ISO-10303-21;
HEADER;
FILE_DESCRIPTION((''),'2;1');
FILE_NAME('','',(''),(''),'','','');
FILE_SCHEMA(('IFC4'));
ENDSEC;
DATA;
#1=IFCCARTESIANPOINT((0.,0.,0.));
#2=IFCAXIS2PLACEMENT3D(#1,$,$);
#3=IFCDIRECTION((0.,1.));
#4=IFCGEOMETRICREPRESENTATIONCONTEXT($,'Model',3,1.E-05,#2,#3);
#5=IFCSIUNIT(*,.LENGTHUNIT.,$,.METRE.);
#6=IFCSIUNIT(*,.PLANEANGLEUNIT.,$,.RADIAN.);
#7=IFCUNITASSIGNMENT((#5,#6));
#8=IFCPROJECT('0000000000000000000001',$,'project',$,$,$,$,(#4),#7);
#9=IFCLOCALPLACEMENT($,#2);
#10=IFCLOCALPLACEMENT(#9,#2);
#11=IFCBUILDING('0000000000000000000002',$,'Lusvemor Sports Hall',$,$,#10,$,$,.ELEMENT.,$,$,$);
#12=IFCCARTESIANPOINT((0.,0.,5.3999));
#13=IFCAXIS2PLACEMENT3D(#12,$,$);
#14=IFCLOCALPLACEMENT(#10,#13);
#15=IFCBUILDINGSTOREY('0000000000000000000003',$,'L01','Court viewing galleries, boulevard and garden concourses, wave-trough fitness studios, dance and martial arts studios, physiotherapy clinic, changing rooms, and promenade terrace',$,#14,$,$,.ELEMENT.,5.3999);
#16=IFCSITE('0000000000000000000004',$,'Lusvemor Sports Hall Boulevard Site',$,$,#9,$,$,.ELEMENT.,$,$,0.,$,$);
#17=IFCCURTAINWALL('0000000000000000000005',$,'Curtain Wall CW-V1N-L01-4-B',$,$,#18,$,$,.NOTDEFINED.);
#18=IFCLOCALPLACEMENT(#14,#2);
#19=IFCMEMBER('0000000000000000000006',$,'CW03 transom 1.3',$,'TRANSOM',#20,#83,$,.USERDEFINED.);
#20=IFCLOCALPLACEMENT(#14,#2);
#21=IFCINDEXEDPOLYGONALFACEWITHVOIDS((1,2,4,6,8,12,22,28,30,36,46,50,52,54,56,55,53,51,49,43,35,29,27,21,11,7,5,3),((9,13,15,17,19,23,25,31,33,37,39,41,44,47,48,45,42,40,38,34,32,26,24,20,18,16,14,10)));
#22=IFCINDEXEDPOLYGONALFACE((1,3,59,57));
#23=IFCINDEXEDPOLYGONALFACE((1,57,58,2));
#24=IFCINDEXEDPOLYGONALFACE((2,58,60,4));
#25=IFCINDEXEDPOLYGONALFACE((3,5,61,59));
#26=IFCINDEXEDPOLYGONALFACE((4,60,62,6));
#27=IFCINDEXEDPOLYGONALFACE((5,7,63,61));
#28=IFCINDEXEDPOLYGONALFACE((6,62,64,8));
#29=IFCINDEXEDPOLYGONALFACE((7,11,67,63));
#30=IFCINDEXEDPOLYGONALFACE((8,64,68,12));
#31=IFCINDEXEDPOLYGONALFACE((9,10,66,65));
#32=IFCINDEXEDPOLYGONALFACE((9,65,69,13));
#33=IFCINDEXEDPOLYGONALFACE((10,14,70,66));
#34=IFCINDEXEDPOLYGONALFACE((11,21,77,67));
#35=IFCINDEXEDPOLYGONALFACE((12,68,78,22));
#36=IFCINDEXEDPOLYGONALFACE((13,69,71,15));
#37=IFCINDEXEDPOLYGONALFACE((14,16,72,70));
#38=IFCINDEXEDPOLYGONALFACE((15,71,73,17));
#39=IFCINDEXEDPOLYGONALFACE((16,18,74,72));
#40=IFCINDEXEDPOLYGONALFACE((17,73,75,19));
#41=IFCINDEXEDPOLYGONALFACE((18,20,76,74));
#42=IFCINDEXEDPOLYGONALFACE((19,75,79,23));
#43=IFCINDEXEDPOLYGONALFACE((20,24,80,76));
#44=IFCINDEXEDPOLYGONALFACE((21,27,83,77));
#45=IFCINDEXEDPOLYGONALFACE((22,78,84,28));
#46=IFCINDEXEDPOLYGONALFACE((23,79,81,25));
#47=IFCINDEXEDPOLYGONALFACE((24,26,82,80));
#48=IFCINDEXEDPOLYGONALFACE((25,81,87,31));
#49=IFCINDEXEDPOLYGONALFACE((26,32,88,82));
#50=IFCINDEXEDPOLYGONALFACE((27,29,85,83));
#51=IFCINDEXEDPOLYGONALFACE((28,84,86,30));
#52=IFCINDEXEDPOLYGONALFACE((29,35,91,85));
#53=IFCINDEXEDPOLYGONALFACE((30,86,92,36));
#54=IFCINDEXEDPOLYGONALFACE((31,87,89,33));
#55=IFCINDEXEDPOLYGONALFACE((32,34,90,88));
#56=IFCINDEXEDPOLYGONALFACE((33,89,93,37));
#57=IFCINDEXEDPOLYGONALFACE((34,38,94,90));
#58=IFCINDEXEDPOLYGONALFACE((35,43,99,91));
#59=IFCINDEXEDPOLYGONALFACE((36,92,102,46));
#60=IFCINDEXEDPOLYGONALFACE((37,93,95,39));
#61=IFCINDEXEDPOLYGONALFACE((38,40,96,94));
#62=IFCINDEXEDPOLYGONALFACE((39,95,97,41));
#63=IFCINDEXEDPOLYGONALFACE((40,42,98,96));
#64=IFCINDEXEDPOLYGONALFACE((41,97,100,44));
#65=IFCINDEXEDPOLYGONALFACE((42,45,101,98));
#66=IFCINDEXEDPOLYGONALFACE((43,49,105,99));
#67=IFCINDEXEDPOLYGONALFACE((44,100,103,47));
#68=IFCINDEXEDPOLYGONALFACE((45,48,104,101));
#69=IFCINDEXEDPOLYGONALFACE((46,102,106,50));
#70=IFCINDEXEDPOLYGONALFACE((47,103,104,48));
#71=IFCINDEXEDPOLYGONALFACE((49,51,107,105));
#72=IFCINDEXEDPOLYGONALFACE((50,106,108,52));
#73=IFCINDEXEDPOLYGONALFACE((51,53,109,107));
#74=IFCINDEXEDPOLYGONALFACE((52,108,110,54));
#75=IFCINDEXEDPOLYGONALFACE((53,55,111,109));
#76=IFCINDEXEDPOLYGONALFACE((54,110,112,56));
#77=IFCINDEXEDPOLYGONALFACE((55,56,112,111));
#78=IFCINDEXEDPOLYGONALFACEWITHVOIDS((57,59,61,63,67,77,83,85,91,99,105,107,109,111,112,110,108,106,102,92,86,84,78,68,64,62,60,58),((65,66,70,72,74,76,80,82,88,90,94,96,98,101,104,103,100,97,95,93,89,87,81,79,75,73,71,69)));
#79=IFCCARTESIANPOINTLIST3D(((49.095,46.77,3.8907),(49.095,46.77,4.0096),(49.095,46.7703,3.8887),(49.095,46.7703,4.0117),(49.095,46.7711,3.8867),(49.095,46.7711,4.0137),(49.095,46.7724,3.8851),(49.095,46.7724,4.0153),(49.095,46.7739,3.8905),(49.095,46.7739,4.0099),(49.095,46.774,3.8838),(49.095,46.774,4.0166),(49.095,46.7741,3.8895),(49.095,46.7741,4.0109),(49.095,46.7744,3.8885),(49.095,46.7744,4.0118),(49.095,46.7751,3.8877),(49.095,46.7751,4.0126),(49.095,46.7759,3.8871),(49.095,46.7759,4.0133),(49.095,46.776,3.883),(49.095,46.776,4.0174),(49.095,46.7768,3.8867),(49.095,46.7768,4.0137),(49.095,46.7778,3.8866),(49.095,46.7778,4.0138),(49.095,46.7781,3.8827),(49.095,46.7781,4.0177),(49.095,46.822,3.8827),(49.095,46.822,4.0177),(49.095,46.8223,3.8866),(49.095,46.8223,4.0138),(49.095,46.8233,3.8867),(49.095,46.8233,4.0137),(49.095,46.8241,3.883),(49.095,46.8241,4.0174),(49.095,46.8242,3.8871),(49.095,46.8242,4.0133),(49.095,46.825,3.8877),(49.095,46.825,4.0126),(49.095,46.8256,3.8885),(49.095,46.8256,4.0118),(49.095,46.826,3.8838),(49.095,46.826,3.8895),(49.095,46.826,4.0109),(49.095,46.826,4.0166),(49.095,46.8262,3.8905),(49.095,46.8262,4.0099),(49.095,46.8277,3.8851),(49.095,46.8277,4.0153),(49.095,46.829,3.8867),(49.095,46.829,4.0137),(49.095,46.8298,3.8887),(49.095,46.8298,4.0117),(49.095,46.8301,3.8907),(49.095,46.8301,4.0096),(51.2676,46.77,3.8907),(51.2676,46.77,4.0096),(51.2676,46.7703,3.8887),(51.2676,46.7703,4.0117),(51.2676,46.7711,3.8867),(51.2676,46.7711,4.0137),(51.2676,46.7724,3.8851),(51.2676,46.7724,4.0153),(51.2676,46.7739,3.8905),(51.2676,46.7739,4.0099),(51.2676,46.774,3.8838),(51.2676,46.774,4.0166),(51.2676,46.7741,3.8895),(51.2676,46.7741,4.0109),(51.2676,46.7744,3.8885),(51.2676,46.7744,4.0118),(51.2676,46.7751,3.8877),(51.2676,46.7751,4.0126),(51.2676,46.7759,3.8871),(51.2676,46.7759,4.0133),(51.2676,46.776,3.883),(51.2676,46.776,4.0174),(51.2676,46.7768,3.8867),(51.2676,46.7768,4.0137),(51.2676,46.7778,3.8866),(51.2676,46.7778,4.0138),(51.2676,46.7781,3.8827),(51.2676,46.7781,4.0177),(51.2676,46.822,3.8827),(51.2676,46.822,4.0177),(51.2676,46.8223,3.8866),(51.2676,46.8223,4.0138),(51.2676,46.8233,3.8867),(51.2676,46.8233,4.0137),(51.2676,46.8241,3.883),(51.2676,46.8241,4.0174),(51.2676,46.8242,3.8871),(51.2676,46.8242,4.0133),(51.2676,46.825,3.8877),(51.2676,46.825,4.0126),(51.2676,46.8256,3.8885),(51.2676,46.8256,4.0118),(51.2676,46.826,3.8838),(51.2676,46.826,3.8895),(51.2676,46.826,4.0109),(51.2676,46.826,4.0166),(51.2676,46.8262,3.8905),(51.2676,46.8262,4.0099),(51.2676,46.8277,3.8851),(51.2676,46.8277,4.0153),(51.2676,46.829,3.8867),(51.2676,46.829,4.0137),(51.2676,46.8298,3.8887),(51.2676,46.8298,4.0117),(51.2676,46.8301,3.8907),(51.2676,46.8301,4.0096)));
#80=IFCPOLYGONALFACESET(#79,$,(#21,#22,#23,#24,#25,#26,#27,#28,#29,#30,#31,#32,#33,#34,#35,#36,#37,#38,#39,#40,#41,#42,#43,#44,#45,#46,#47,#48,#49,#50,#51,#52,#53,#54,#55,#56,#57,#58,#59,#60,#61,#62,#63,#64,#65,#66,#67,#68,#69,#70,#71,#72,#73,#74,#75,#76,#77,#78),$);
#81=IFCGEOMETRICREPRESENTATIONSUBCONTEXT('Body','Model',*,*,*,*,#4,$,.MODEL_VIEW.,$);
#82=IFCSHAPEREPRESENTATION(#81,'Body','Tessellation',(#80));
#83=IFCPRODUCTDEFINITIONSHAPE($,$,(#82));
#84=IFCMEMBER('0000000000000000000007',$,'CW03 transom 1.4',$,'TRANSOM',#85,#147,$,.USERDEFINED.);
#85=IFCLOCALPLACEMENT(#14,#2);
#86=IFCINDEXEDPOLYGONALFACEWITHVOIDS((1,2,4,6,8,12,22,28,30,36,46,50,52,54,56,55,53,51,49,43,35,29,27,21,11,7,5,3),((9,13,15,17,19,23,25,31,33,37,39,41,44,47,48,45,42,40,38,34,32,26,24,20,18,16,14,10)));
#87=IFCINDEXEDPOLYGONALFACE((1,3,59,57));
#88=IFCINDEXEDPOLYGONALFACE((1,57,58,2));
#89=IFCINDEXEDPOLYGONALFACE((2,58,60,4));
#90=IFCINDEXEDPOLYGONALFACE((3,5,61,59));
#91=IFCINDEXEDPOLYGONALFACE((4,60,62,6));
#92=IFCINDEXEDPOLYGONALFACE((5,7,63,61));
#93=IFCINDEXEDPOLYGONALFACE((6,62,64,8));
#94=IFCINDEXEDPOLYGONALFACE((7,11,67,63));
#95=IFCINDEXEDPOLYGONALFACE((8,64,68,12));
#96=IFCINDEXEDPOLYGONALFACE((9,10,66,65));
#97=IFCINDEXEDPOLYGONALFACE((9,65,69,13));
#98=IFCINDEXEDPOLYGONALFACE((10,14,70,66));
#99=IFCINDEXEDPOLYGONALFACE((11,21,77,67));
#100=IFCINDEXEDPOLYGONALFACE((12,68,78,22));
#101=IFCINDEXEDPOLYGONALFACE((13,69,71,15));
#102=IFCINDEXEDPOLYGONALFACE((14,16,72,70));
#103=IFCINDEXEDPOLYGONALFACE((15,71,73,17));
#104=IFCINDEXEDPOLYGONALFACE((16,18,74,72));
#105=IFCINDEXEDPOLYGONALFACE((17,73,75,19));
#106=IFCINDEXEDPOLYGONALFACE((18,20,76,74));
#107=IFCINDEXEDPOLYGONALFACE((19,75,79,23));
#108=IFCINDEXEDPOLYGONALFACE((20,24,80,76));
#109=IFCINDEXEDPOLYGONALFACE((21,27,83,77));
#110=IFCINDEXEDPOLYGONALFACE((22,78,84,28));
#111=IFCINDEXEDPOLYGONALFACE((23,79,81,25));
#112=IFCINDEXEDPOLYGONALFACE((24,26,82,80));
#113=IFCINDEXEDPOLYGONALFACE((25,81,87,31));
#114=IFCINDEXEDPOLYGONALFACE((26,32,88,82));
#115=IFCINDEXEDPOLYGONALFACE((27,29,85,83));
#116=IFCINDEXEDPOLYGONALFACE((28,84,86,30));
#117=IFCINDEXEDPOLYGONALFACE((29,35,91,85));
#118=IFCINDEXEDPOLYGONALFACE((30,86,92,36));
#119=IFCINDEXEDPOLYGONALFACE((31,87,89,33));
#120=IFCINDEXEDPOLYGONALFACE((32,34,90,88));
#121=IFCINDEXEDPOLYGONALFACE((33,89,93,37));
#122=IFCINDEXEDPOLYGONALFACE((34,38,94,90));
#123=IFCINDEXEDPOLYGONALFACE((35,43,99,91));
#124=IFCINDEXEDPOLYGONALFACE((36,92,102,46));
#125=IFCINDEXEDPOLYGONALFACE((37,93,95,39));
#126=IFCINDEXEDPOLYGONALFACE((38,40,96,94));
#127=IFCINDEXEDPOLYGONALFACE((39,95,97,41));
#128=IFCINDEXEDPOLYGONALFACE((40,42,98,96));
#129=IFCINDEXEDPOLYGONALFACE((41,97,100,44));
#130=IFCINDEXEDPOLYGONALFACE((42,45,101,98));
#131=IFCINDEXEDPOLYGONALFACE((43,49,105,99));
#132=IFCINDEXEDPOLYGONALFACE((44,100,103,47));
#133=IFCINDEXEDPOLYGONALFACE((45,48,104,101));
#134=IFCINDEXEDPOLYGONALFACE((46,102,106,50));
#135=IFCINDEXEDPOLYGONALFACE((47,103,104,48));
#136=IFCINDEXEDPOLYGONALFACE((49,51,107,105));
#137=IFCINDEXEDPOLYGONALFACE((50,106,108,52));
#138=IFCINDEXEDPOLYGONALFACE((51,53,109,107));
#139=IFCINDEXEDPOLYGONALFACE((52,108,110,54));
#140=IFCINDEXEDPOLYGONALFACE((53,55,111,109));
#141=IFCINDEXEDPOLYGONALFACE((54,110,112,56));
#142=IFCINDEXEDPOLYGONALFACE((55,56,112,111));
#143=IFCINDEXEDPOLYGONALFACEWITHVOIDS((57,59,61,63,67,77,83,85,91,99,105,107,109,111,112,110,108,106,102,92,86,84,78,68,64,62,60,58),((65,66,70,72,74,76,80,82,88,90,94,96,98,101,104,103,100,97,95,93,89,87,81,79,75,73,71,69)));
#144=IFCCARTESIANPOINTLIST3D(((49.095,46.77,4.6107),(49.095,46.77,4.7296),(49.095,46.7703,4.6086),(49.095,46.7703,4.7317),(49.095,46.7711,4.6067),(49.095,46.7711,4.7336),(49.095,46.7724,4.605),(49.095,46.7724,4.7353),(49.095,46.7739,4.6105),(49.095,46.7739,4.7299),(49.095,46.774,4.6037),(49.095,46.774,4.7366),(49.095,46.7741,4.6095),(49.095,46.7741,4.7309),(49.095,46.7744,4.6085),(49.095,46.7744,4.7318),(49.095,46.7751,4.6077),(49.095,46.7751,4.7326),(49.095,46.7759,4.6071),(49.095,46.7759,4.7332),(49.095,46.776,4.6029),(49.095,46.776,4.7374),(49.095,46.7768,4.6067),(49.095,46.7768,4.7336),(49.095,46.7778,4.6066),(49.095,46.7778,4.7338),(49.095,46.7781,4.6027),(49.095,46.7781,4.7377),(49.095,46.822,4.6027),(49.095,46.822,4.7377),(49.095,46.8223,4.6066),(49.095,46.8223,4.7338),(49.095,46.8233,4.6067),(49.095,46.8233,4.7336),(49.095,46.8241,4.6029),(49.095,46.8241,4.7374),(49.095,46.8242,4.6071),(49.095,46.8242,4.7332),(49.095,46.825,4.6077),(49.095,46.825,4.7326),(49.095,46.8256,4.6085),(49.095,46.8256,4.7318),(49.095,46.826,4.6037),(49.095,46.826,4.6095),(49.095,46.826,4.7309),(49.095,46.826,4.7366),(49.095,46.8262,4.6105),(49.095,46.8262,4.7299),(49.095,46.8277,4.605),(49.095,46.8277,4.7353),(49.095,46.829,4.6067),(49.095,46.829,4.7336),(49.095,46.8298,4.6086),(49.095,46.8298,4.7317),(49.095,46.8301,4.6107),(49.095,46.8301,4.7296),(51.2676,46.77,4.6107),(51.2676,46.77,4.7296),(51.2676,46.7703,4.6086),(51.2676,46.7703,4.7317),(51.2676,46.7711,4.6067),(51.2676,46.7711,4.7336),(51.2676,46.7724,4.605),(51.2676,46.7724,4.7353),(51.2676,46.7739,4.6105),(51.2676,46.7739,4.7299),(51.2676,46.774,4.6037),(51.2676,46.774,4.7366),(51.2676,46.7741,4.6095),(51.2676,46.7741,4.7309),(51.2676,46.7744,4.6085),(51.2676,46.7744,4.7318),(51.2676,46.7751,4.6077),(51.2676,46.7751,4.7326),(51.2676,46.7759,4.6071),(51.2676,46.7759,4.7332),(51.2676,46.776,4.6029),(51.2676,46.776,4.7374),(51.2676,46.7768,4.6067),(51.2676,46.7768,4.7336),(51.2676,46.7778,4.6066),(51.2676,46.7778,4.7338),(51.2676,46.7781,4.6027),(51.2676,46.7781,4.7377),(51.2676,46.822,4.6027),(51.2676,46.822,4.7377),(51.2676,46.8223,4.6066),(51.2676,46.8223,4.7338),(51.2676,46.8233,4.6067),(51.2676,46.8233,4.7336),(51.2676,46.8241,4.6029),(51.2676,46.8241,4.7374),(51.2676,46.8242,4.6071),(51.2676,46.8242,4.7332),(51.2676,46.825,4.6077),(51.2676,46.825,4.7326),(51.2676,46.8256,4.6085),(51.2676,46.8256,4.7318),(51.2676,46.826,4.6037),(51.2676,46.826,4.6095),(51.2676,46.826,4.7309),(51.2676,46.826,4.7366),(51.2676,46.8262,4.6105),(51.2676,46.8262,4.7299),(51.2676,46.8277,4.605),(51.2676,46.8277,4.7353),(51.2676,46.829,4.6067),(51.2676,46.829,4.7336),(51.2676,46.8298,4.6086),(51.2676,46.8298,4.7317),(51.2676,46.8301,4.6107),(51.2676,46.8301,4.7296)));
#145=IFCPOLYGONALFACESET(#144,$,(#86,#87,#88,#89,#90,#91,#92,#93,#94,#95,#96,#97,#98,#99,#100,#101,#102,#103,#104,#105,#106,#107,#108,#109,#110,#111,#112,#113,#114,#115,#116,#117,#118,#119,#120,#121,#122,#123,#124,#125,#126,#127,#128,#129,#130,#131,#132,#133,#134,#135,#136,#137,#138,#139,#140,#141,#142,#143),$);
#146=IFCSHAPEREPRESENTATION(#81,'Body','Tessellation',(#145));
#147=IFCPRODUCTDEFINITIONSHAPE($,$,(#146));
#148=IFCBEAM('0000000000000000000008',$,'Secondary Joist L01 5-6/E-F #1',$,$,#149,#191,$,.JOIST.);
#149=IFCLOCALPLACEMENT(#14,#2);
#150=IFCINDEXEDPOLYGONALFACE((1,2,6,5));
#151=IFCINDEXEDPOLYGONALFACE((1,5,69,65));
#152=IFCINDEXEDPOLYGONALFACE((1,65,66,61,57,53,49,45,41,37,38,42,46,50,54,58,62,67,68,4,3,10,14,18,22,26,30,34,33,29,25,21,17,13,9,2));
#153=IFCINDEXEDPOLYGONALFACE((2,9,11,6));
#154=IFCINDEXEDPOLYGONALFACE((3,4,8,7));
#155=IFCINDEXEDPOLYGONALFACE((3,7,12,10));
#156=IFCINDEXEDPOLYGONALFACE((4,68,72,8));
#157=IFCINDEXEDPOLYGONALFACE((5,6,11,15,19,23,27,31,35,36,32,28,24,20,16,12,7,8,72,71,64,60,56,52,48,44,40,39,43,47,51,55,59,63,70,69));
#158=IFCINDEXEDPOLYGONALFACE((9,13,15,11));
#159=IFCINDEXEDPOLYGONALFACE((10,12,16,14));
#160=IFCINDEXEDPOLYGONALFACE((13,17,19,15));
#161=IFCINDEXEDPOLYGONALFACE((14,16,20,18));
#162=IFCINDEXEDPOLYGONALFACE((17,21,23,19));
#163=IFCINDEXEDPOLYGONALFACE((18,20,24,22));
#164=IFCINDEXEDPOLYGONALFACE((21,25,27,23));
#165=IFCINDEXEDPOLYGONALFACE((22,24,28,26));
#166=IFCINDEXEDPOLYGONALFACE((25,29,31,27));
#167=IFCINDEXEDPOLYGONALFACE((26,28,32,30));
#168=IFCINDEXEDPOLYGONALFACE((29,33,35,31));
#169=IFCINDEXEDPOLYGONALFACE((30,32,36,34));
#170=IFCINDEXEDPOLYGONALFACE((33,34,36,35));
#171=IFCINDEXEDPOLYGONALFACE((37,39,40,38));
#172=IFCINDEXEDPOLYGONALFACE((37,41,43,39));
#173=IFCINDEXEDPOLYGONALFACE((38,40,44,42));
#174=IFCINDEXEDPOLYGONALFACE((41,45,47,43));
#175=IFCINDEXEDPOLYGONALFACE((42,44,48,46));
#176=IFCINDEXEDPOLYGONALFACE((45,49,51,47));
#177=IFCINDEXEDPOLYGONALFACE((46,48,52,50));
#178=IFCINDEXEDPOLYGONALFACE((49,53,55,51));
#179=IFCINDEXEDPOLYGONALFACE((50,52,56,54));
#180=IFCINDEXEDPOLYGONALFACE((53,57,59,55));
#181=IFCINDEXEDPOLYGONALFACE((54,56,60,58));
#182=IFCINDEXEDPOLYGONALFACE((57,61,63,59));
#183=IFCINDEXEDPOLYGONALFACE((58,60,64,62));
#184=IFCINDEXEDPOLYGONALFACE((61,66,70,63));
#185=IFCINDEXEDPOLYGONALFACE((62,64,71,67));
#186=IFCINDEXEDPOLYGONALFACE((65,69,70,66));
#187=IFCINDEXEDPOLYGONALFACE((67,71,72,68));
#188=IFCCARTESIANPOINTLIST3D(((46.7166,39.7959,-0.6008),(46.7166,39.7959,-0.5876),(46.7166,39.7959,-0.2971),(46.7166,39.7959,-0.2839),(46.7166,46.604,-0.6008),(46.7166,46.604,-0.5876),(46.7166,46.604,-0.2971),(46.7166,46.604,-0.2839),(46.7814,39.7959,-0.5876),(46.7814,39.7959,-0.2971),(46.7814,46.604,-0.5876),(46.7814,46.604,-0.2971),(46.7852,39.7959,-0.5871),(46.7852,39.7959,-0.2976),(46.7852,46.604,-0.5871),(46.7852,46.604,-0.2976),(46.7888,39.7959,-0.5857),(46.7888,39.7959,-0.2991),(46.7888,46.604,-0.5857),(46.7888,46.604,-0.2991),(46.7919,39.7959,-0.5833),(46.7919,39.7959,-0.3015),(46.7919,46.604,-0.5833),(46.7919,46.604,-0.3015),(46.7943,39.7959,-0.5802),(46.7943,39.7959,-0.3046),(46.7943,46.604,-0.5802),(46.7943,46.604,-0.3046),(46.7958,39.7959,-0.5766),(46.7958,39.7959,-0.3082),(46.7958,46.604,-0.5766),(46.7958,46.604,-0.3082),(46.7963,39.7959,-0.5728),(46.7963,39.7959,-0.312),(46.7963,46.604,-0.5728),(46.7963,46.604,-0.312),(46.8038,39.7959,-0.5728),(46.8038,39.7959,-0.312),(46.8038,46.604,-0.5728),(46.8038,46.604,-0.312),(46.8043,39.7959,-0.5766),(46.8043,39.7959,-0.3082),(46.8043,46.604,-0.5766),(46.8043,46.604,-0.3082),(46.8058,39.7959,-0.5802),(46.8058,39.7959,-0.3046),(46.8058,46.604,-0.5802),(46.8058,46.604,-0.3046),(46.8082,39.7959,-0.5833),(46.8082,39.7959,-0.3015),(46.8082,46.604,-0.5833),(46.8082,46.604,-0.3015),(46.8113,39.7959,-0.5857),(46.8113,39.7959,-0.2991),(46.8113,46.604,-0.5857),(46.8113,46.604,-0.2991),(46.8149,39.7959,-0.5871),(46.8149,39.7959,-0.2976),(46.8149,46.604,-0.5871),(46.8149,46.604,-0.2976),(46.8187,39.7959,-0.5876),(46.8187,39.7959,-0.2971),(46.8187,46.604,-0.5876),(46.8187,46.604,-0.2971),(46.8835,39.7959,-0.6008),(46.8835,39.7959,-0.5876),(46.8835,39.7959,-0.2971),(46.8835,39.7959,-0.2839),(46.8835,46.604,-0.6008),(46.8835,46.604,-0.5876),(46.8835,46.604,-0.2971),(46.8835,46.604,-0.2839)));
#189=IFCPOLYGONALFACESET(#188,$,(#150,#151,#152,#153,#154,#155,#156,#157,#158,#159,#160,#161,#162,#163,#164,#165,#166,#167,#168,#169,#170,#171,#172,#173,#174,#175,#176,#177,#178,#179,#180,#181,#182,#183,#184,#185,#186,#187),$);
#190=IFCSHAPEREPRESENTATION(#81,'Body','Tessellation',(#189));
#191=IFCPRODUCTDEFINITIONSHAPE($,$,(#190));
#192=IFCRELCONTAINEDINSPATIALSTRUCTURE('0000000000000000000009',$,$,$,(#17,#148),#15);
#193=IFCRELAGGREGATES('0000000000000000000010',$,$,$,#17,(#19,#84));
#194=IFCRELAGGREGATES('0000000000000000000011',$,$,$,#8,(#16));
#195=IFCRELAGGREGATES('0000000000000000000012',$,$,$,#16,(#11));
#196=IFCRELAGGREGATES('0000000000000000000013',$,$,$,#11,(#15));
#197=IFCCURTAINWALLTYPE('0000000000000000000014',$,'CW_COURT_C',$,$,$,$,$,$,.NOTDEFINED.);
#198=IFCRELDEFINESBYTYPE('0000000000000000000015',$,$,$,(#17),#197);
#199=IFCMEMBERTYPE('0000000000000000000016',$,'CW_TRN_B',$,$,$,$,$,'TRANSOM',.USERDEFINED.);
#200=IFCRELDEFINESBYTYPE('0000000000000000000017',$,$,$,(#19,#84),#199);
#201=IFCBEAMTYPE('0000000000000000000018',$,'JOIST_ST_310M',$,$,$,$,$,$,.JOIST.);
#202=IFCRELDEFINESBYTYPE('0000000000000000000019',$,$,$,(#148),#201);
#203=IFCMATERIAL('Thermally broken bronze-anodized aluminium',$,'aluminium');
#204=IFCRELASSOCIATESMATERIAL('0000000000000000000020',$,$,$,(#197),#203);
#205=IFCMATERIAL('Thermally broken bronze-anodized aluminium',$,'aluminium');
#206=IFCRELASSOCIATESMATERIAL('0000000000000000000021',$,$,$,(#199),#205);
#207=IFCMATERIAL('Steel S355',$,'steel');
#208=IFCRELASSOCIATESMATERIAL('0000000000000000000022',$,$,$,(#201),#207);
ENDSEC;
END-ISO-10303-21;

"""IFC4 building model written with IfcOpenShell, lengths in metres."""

from ifc_helpers import new_model, si_unit, direction, frame, origin, origin_2d, place, context, subcontext, project, spatial, hollow_rectangle, i_section, extrude, material, material_profile, profile_set, type_object, element, aggregate, save


model = new_model("IFC4")

# Units and contexts
model_context = context("Model", 3, precision=1e-05, world=origin(), true_north=direction((0.0, 1.0)))
body_context = subcontext(model_context, "Body", "Model", "MODEL_VIEW")
ifc_project = project(units=[si_unit("LENGTHUNIT", "METRE"), si_unit("PLANEANGLEUNIT", "RADIAN")], contexts=[model_context])

# Site, building, storey
site_placement = place(None, origin())
site = spatial("IfcSite", under=ifc_project, at=site_placement, Name="Lusvemor Sports Hall Boulevard Site", CompositionType="ELEMENT", RefElevation=0.0)
building_placement = place(site_placement, origin())
building = spatial("IfcBuilding", under=site, at=building_placement, Name="Lusvemor Sports Hall", CompositionType="ELEMENT")
storey_placement = place(building_placement, frame((0.0, 0.0, 5.3999)))
storey = spatial("IfcBuildingStorey", under=building, at=storey_placement, Name="L01", Description="Court viewing galleries, boulevard and garden concourses, wave-trough fitness studios, dance and martial arts studios, physiotherapy clinic, changing rooms, and promenade terrace", CompositionType="ELEMENT", Elevation=5.3999)

# Shared definitions
ifc_material_1 = material(Name="Thermally broken bronze-anodized aluminium", Category="aluminium")
curtain_wall_type = type_object("IfcCurtainWallType", Name="CW_COURT_C", PredefinedType="NOTDEFINED", material=ifc_material_1)

# Curtain wall
curtain_wall_1_placement = place(storey_placement, origin())
curtain_wall_1 = element("IfcCurtainWall", 1, at=curtain_wall_1_placement, inside=storey, type_object=curtain_wall_type, Name="Curtain Wall CW-V1N-L01-4-B", PredefinedType="NOTDEFINED")

# Members
ifc_material_2 = material(Name="Thermally broken bronze-anodized aluminium", Category="aluminium")
ifc_material_profile_1 = material_profile(ifc_material_2, hollow_rectangle(XDim=0.0601, YDim=0.135, WallThickness=0.0039, InnerFilletRadius=0.0039, OuterFilletRadius=0.0081, at=origin_2d()), Name="CWTRN135x60x4")
ifc_profile_set_1 = profile_set([ifc_material_profile_1], Name="Thermally broken bronze-anodized aluminium")
member_type_1 = type_object("IfcMemberType", Name="CW_TRN_B", ElementType="TRANSOM", PredefinedType="USERDEFINED", material=ifc_profile_set_1)
member_1_placement = place(storey_placement, frame((49.095, 46.8, 3.9502), z_axis=(1.0, 0.0, 0.0), x_axis=(0.0, 1.0, 0.0)))
member_1 = element("IfcMember", 2, at=member_1_placement, type_object=member_type_1, Name="CW03 transom 1.3", ObjectType="TRANSOM", PredefinedType="USERDEFINED", context=body_context, shape_type="SweptSolid", body=[
    extrude(hollow_rectangle(XDim=0.0601, YDim=0.135, WallThickness=0.0039, InnerFilletRadius=0.0039, OuterFilletRadius=0.0081, at=origin_2d()), origin(), (0.0, 0.0, 1.0), 2.1726),
])
member_2_placement = place(storey_placement, frame((49.095, 46.8, 4.6702), z_axis=(1.0, 0.0, 0.0), x_axis=(0.0, 1.0, 0.0)))
member_2 = element("IfcMember", 3, at=member_2_placement, type_object=member_type_1, Name="CW03 transom 1.4", ObjectType="TRANSOM", PredefinedType="USERDEFINED", context=body_context, shape_type="SweptSolid", body=[
    extrude(hollow_rectangle(XDim=0.0601, YDim=0.135, WallThickness=0.0039, InnerFilletRadius=0.0039, OuterFilletRadius=0.0081, at=origin_2d()), origin(), (0.0, 0.0, 1.0), 2.1726),
])
aggregate(curtain_wall_1, [member_1, member_2])

# Beam
ifc_material_3 = material(Name="Steel S355", Category="steel")
ifc_material_profile_2 = material_profile(ifc_material_3, i_section(OverallWidth=0.167, OverallDepth=0.3169, WebThickness=0.0076, FlangeThickness=0.0132, FilletRadius=0.0149, at=origin_2d()), Name="W310x52.0")
ifc_profile_set_2 = profile_set([ifc_material_profile_2], Name="Steel S355")
beam_type_1 = type_object("IfcBeamType", Name="JOIST_ST_310M", PredefinedType="JOIST", material=ifc_profile_set_2)
beam_placement = place(storey_placement, frame((46.8, 39.7959, -0.4424), z_axis=(0.0, 1.0, 0.0), x_axis=(-1.0, 0.0, 0.0)))
element("IfcBeam", 4, at=beam_placement, inside=storey, type_object=beam_type_1, Name="Secondary Joist L01 5-6/E-F #1", PredefinedType="JOIST", context=body_context, shape_type="SweptSolid", body=[
    extrude(i_section(OverallWidth=0.167, OverallDepth=0.3169, WebThickness=0.0076, FlangeThickness=0.0132, FilletRadius=0.0149, at=origin_2d()), origin(), (0.0, 0.0, 1.0), 6.8081),
])

save(model, "model.ifc")
